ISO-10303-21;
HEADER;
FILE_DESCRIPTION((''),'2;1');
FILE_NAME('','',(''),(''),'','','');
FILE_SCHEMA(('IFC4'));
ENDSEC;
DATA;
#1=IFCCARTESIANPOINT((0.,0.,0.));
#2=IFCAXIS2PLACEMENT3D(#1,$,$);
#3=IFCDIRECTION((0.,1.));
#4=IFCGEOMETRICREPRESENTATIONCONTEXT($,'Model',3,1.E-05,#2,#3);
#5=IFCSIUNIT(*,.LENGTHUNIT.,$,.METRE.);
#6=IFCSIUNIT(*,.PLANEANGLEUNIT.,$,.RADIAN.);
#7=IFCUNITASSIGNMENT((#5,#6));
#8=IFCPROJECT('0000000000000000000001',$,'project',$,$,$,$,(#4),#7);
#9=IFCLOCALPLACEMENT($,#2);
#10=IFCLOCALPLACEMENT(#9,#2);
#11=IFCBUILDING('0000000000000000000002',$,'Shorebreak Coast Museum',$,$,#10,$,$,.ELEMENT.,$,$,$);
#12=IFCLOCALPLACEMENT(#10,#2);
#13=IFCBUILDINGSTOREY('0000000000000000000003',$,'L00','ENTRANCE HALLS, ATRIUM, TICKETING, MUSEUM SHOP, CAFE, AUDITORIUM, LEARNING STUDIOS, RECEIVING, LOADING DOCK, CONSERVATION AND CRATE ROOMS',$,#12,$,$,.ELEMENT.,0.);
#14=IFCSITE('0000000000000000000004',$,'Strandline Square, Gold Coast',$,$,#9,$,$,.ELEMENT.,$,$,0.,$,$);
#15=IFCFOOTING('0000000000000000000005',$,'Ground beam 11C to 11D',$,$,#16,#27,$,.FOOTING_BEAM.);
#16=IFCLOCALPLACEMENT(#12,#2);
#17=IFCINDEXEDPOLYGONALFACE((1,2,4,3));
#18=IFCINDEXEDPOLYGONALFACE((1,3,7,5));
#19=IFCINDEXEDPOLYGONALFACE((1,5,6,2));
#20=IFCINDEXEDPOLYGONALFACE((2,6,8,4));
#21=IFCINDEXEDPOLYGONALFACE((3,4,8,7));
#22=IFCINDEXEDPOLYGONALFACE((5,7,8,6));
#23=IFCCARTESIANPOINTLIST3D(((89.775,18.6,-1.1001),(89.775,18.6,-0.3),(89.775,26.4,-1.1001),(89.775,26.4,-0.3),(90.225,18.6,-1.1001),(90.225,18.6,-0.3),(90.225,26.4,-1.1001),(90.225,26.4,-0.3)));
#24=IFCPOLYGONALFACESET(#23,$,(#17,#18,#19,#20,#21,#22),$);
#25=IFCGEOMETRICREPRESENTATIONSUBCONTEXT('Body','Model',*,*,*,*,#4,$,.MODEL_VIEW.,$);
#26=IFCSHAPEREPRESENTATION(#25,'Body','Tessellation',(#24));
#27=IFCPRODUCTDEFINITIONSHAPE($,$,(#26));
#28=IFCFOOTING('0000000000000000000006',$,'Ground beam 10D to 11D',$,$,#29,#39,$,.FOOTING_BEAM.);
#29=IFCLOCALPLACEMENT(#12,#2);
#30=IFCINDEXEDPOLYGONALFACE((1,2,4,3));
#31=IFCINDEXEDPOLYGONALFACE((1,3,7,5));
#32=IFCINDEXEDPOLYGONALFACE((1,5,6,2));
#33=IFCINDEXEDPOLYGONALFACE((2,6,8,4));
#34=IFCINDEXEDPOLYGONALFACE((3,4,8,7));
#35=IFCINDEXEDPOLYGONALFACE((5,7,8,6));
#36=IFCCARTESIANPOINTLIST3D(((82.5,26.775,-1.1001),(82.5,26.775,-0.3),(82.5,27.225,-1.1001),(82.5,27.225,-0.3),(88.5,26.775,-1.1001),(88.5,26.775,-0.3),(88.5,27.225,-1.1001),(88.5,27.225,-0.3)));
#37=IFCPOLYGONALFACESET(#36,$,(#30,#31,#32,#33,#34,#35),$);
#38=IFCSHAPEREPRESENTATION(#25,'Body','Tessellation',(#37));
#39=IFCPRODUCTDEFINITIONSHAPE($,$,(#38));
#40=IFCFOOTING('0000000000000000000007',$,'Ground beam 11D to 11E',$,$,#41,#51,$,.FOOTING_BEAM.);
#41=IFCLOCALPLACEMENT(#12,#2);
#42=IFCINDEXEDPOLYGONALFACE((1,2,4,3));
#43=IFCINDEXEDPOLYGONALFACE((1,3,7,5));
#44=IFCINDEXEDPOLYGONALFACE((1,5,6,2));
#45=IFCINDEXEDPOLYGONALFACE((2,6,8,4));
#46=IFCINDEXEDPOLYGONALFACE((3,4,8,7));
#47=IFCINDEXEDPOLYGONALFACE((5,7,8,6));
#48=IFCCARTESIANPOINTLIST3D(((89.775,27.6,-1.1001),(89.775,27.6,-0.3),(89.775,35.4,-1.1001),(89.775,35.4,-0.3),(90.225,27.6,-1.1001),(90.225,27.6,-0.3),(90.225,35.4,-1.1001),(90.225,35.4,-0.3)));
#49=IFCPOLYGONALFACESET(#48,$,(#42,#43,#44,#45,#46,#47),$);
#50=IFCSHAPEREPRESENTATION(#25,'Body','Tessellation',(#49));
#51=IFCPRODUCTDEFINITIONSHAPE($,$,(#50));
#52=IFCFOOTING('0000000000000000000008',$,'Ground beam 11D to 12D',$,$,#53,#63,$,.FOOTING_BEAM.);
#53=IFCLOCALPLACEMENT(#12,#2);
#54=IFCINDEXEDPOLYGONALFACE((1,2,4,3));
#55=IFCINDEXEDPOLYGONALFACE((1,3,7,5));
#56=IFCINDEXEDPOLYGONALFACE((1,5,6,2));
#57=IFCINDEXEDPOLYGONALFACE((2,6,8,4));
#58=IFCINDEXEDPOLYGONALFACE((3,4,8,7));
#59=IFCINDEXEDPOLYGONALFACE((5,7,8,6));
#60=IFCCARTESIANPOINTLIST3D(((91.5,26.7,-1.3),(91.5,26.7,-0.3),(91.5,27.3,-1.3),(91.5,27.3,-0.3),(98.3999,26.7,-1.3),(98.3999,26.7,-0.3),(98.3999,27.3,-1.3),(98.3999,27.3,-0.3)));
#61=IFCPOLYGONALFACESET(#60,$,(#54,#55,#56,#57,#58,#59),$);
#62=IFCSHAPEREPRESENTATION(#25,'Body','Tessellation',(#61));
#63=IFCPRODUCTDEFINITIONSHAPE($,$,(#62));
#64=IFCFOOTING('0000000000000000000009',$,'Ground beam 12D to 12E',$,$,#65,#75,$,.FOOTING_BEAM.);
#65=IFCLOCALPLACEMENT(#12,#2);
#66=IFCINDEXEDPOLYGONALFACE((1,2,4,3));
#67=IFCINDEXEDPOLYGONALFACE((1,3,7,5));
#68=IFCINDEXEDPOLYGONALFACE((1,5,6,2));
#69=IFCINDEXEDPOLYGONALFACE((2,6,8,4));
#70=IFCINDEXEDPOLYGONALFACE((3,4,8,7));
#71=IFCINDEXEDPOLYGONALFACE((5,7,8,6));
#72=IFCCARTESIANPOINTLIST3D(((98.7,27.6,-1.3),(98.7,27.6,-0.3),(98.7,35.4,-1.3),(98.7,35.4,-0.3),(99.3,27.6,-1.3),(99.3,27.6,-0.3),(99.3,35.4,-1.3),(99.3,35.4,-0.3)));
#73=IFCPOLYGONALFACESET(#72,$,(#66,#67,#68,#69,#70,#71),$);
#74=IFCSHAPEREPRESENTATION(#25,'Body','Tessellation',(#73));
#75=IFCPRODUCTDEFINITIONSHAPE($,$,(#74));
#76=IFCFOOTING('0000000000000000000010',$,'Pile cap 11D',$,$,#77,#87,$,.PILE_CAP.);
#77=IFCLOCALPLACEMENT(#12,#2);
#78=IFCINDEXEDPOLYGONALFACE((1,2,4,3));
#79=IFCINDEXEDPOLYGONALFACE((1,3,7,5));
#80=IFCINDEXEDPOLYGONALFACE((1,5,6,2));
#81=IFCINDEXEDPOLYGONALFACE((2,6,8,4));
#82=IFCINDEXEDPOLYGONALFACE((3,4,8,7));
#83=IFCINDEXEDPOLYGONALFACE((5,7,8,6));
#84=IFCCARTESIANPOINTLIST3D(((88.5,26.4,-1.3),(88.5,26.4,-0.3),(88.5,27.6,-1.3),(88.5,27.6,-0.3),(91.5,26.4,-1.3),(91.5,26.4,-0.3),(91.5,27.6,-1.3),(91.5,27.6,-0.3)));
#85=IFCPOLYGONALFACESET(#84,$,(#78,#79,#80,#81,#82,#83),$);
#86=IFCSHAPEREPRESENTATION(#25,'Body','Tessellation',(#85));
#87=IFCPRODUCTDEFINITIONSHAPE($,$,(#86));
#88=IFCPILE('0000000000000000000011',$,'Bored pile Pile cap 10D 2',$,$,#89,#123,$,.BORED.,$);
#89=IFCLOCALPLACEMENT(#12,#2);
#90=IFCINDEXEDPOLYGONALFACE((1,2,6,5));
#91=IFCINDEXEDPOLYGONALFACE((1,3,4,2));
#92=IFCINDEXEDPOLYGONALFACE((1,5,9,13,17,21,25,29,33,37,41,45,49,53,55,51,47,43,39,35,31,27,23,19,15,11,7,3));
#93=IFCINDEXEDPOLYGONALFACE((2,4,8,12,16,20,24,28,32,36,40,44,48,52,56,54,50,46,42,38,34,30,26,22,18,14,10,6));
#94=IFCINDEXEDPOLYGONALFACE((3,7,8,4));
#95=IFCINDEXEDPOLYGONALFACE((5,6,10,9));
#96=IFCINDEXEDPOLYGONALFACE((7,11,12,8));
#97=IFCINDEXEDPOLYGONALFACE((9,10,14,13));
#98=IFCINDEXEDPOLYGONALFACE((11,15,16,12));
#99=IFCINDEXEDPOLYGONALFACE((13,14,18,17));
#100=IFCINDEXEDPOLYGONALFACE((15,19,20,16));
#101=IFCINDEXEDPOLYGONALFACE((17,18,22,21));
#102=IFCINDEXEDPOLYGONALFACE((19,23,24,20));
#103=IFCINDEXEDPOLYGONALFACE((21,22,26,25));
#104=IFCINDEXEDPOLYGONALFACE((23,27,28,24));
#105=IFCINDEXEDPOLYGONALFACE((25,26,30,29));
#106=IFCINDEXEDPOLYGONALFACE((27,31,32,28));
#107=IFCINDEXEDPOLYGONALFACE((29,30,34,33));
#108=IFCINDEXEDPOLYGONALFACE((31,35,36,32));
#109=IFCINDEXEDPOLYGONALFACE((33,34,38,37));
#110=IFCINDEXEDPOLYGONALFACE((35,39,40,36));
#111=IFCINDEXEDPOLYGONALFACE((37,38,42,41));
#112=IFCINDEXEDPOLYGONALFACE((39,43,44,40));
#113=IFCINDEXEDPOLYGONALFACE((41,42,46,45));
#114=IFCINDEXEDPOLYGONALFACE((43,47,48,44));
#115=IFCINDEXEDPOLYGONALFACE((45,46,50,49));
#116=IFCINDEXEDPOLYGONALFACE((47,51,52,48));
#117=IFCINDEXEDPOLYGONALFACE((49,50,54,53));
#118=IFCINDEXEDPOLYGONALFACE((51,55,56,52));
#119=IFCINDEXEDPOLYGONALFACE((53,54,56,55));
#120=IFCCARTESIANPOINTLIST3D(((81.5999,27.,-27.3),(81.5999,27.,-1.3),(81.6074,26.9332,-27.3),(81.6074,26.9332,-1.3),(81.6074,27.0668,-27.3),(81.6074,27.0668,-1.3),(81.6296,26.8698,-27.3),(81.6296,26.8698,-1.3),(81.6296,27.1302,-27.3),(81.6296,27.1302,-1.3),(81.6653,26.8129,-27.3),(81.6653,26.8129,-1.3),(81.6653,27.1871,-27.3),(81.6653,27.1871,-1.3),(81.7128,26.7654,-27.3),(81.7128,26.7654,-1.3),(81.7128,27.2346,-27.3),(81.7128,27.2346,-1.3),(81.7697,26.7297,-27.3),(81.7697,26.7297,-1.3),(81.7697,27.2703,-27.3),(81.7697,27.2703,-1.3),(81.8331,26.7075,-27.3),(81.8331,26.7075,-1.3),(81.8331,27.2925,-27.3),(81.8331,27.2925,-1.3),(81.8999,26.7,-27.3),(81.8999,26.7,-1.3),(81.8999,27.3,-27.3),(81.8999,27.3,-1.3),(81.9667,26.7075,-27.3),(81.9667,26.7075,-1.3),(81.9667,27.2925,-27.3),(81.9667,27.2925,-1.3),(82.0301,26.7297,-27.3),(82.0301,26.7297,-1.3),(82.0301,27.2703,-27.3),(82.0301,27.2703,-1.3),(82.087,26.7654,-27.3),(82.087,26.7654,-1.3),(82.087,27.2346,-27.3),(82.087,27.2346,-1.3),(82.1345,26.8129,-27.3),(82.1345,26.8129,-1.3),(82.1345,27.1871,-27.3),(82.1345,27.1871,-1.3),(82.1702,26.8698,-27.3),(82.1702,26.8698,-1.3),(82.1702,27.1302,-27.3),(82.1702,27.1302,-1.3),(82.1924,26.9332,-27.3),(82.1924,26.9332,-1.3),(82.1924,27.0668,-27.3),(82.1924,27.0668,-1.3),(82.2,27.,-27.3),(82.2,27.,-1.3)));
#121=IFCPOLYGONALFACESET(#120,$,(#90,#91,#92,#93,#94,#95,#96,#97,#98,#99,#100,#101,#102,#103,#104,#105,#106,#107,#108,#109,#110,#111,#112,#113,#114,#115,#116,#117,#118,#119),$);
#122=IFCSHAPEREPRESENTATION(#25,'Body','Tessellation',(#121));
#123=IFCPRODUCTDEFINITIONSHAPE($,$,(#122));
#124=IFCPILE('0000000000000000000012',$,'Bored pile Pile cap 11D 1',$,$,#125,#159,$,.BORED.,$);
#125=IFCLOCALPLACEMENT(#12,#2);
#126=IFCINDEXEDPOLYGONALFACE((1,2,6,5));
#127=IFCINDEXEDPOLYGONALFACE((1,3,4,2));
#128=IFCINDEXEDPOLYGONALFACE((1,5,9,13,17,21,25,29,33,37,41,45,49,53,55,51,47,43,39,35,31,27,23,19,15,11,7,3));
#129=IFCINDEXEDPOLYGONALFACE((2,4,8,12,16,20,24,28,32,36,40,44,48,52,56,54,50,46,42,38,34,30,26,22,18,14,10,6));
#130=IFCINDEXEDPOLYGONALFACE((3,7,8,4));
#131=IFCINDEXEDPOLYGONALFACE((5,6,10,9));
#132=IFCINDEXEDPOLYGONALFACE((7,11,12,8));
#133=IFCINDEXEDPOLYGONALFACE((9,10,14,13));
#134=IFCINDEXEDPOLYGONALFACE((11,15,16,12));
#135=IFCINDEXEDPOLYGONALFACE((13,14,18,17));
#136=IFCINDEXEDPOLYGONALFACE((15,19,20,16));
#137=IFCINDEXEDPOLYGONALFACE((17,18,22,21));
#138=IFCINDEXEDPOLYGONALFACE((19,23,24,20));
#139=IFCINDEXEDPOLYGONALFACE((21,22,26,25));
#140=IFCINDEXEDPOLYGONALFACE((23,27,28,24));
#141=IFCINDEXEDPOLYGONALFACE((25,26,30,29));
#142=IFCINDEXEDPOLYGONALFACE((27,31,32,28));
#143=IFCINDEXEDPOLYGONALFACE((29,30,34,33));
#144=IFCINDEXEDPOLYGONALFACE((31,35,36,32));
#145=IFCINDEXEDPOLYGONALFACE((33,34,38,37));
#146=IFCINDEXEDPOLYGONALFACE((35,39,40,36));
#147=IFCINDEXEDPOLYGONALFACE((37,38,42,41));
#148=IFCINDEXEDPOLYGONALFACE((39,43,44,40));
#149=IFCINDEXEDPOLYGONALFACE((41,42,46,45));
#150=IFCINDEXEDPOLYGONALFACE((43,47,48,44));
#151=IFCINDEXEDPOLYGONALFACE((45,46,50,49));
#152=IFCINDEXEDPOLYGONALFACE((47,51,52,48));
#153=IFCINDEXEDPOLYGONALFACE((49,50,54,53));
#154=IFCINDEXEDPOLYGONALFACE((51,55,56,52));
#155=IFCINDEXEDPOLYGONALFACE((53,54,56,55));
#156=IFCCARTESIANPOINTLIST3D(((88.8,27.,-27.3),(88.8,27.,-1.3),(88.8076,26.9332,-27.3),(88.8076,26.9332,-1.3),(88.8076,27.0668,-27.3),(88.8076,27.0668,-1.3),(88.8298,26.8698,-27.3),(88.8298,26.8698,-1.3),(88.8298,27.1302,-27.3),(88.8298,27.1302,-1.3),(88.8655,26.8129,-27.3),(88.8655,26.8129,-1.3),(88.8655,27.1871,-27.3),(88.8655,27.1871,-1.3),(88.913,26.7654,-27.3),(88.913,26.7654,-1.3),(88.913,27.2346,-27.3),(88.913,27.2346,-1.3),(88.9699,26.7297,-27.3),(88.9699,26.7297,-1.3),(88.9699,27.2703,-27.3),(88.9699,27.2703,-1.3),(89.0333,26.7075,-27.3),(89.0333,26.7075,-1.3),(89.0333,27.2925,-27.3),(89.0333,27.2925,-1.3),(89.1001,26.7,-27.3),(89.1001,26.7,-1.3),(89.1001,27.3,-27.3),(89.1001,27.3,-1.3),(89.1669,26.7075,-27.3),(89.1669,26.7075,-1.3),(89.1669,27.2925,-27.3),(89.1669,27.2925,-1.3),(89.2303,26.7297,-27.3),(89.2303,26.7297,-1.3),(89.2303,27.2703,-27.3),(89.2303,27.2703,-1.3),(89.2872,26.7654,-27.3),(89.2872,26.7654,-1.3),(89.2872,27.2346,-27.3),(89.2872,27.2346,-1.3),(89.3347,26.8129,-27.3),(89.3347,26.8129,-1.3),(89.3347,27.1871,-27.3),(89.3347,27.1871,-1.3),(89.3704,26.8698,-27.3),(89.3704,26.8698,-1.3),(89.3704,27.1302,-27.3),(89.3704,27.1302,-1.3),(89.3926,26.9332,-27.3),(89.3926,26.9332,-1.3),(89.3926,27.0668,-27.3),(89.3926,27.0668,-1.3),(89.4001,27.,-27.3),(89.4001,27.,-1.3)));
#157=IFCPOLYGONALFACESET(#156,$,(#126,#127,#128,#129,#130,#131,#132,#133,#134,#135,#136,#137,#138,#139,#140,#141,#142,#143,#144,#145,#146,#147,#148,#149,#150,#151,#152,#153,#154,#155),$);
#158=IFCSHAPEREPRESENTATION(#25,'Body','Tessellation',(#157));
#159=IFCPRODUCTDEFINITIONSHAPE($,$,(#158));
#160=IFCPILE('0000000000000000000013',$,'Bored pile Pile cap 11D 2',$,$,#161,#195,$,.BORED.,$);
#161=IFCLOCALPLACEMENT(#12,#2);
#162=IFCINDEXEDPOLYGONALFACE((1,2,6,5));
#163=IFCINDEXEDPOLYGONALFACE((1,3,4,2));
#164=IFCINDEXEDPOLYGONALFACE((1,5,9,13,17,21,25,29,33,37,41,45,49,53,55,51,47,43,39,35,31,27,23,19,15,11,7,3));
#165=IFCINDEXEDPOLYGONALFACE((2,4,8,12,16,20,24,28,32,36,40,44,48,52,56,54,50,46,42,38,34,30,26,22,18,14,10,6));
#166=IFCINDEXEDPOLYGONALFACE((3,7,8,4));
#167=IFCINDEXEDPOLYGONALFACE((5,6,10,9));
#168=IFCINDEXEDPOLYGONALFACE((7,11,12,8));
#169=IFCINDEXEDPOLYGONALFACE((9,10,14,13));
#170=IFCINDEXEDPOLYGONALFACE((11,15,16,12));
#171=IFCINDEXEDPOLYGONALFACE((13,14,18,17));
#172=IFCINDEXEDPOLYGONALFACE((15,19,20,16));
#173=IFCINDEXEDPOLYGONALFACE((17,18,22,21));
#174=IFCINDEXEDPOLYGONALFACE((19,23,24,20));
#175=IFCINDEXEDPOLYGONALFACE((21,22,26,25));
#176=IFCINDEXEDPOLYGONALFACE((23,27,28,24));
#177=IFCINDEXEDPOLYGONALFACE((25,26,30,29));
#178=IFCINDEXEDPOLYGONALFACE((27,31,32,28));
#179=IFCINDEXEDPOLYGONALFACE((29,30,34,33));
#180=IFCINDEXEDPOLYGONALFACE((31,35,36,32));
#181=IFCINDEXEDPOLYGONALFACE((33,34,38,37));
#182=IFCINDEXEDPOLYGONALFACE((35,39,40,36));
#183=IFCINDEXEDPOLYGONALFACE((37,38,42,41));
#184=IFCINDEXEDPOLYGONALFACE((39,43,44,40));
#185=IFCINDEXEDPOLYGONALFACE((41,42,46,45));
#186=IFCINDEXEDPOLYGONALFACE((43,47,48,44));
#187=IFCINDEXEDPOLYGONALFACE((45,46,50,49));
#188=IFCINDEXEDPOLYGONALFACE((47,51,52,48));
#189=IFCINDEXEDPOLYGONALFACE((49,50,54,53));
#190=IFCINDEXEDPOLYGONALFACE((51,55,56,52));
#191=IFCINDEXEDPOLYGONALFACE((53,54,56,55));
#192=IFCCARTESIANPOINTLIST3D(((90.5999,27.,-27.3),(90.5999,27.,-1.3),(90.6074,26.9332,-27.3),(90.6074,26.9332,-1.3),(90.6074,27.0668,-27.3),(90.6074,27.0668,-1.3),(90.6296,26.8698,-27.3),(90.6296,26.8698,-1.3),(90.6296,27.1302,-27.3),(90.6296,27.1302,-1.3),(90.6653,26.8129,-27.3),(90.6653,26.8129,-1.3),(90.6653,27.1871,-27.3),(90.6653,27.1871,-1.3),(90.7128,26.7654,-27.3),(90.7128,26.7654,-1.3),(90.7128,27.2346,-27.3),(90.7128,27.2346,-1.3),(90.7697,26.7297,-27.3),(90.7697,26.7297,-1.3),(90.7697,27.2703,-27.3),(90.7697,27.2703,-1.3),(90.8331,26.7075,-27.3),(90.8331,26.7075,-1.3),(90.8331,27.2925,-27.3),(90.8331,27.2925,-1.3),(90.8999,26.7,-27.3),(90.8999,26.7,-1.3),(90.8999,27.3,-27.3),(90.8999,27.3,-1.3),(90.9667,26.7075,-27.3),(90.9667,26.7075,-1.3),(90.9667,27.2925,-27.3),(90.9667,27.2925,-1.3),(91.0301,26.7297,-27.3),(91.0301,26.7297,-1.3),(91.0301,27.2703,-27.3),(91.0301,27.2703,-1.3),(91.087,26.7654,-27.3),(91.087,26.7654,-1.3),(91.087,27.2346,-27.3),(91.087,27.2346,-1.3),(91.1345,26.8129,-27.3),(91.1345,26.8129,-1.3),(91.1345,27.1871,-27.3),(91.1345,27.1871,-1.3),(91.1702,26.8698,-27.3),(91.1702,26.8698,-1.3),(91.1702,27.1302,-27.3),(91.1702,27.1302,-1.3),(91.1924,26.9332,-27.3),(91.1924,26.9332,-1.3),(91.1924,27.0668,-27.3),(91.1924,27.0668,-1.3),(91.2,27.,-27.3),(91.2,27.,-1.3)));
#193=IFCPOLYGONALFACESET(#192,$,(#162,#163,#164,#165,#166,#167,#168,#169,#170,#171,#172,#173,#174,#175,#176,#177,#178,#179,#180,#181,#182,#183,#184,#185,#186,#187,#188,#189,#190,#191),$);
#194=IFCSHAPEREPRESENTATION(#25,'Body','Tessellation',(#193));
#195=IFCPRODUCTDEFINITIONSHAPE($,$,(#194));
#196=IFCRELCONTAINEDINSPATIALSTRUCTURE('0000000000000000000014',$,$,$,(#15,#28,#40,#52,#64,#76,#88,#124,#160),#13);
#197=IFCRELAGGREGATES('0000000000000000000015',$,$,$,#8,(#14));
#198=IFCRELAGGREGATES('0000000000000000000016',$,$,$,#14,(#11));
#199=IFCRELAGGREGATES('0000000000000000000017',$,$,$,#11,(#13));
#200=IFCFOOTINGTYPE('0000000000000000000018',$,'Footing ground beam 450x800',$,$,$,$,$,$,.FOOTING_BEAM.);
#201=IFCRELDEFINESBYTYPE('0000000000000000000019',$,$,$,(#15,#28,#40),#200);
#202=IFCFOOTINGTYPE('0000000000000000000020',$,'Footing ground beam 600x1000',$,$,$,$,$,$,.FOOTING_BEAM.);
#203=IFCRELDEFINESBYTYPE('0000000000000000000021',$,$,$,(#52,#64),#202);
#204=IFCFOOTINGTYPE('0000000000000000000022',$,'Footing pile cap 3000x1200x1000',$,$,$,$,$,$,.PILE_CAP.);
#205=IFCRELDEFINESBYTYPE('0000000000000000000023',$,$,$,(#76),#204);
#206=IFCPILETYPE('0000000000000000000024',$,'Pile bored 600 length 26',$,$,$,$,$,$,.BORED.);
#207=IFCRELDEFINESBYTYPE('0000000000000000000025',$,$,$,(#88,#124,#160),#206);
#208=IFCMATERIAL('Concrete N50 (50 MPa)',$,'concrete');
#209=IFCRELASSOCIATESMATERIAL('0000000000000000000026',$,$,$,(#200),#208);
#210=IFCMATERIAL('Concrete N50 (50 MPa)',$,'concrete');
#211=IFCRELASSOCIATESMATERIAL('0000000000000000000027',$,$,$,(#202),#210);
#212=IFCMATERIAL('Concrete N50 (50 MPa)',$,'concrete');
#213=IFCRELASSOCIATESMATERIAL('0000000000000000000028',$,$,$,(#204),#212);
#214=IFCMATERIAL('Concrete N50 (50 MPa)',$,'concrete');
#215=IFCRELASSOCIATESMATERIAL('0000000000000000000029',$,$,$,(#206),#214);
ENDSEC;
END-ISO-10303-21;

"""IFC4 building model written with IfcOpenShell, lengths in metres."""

from ifc_helpers import new_model, si_unit, direction, frame, origin, origin_2d, place, context, subcontext, project, spatial, rectangle, circle, extrude, material, material_profile, profile_set, type_object, element, save


model = new_model("IFC4")

# Units and contexts
model_context = context("Model", 3, precision=1e-05, world=origin(), true_north=direction((0.0, 1.0)))
body_context = subcontext(model_context, "Body", "Model", "MODEL_VIEW")
ifc_project = project(units=[si_unit("LENGTHUNIT", "METRE"), si_unit("PLANEANGLEUNIT", "RADIAN")], contexts=[model_context])

# Site, building, storey
site_placement = place(None, origin())
site = spatial("IfcSite", under=ifc_project, at=site_placement, Name="Strandline Square, Gold Coast", CompositionType="ELEMENT", RefElevation=0.0)
building_placement = place(site_placement, origin())
building = spatial("IfcBuilding", under=site, at=building_placement, Name="Shorebreak Coast Museum", CompositionType="ELEMENT")
storey_placement = place(building_placement, origin())
storey = spatial("IfcBuildingStorey", under=building, at=storey_placement, Name="L00", Description="ENTRANCE HALLS, ATRIUM, TICKETING, MUSEUM SHOP, CAFE, AUDITORIUM, LEARNING STUDIOS, RECEIVING, LOADING DOCK, CONSERVATION AND CRATE ROOMS", CompositionType="ELEMENT", Elevation=0.0)

# Footings
ifc_material_1 = material(Name="Concrete N50 (50 MPa)", Category="concrete")
footing_type_1 = type_object("IfcFootingType", Name="Footing ground beam 450x800", PredefinedType="FOOTING_BEAM", material=ifc_material_1)
footing_1_placement = place(storey_placement, frame((90.0, 22.5, -1.1001), z_axis=(0.0, 0.0, 1.0), x_axis=(1.0, 0.0, 0.0)))
element("IfcFooting", 1, at=footing_1_placement, inside=storey, type_object=footing_type_1, Name="Ground beam 11C to 11D", PredefinedType="FOOTING_BEAM", context=body_context, shape_type="SweptSolid", body=[
    extrude(rectangle(XDim=0.45, YDim=7.8, at=origin_2d()), origin(), (0.0, 0.0, 1.0), 0.8),
])
footing_2_placement = place(storey_placement, frame((85.5, 27.0, -1.1001), z_axis=(0.0, 0.0, 1.0), x_axis=(1.0, 0.0, 0.0)))
element("IfcFooting", 2, at=footing_2_placement, inside=storey, type_object=footing_type_1, Name="Ground beam 10D to 11D", PredefinedType="FOOTING_BEAM", context=body_context, shape_type="SweptSolid", body=[
    extrude(rectangle(XDim=6.0, YDim=0.45, at=origin_2d()), origin(), (0.0, 0.0, 1.0), 0.8),
])
footing_3_placement = place(storey_placement, frame((90.0, 31.5, -1.1001), z_axis=(0.0, 0.0, 1.0), x_axis=(1.0, 0.0, 0.0)))
element("IfcFooting", 3, at=footing_3_placement, inside=storey, type_object=footing_type_1, Name="Ground beam 11D to 11E", PredefinedType="FOOTING_BEAM", context=body_context, shape_type="SweptSolid", body=[
    extrude(rectangle(XDim=0.45, YDim=7.8, at=origin_2d()), origin(), (0.0, 0.0, 1.0), 0.8),
])
ifc_material_2 = material(Name="Concrete N50 (50 MPa)", Category="concrete")
footing_type_2 = type_object("IfcFootingType", Name="Footing ground beam 600x1000", PredefinedType="FOOTING_BEAM", material=ifc_material_2)
footing_4_placement = place(storey_placement, frame((94.95, 27.0, -1.3), z_axis=(0.0, 0.0, 1.0), x_axis=(1.0, 0.0, 0.0)))
element("IfcFooting", 4, at=footing_4_placement, inside=storey, type_object=footing_type_2, Name="Ground beam 11D to 12D", PredefinedType="FOOTING_BEAM", context=body_context, shape_type="SweptSolid", body=[
    extrude(rectangle(XDim=6.8999, YDim=0.6001, at=origin_2d()), origin(), (0.0, 0.0, 1.0), 1.0),
])
footing_5_placement = place(storey_placement, frame((99.0, 31.5, -1.3), z_axis=(0.0, 0.0, 1.0), x_axis=(1.0, 0.0, 0.0)))
element("IfcFooting", 5, at=footing_5_placement, inside=storey, type_object=footing_type_2, Name="Ground beam 12D to 12E", PredefinedType="FOOTING_BEAM", context=body_context, shape_type="SweptSolid", body=[
    extrude(rectangle(XDim=0.6001, YDim=7.8, at=origin_2d()), origin(), (0.0, 0.0, 1.0), 1.0),
])
ifc_material_3 = material(Name="Concrete N50 (50 MPa)", Category="concrete")
footing_type_3 = type_object("IfcFootingType", Name="Footing pile cap 3000x1200x1000", PredefinedType="PILE_CAP", material=ifc_material_3)
footing_6_placement = place(storey_placement, frame((90.0, 27.0, -1.3), z_axis=(0.0, 0.0, 1.0), x_axis=(1.0, 0.0, 0.0)))
element("IfcFooting", 6, at=footing_6_placement, inside=storey, type_object=footing_type_3, Name="Pile cap 11D", PredefinedType="PILE_CAP", context=body_context, shape_type="SweptSolid", body=[
    extrude(rectangle(XDim=3.0, YDim=1.2, at=origin_2d()), origin(), (0.0, 0.0, 1.0), 1.0),
])

# Piles
ifc_material_4 = material(Name="Concrete N50 (50 MPa)", Category="concrete")
ifc_material_profile_1 = material_profile(ifc_material_4, circle(Radius=0.3, at=origin_2d()), Name="Pile bored 600 length 26")
ifc_profile_set_1 = profile_set([ifc_material_profile_1], Name="Concrete N50 (50 MPa)")
pile_type_1 = type_object("IfcPileType", Name="Pile bored 600 length 26", PredefinedType="BORED", material=ifc_profile_set_1)
for number, where, z_axis, x_axis, name in (
    (7, (81.8999, 27.0, -1.3), (0.0, 0.0, -1.0), (1.0, 0.0, 0.0), "Bored pile Pile cap 10D 2"),
    (8, (89.1001, 27.0, -1.3), (0.0, 0.0, -1.0), (1.0, 0.0, 0.0), "Bored pile Pile cap 11D 1"),
    (9, (90.8999, 27.0, -1.3), (0.0, 0.0, -1.0), (1.0, 0.0, 0.0), "Bored pile Pile cap 11D 2"),
):
    element("IfcPile", number, at=place(storey_placement, frame(where, z_axis=z_axis, x_axis=x_axis)), inside=storey, type_object=pile_type_1, Name=name, PredefinedType="BORED", context=body_context, shape_type="SweptSolid", body=[
        extrude(circle(Radius=0.3, at=origin_2d()), origin(), (0.0, 0.0, 1.0), 26.0),
    ])

save(model, "model.ifc")
